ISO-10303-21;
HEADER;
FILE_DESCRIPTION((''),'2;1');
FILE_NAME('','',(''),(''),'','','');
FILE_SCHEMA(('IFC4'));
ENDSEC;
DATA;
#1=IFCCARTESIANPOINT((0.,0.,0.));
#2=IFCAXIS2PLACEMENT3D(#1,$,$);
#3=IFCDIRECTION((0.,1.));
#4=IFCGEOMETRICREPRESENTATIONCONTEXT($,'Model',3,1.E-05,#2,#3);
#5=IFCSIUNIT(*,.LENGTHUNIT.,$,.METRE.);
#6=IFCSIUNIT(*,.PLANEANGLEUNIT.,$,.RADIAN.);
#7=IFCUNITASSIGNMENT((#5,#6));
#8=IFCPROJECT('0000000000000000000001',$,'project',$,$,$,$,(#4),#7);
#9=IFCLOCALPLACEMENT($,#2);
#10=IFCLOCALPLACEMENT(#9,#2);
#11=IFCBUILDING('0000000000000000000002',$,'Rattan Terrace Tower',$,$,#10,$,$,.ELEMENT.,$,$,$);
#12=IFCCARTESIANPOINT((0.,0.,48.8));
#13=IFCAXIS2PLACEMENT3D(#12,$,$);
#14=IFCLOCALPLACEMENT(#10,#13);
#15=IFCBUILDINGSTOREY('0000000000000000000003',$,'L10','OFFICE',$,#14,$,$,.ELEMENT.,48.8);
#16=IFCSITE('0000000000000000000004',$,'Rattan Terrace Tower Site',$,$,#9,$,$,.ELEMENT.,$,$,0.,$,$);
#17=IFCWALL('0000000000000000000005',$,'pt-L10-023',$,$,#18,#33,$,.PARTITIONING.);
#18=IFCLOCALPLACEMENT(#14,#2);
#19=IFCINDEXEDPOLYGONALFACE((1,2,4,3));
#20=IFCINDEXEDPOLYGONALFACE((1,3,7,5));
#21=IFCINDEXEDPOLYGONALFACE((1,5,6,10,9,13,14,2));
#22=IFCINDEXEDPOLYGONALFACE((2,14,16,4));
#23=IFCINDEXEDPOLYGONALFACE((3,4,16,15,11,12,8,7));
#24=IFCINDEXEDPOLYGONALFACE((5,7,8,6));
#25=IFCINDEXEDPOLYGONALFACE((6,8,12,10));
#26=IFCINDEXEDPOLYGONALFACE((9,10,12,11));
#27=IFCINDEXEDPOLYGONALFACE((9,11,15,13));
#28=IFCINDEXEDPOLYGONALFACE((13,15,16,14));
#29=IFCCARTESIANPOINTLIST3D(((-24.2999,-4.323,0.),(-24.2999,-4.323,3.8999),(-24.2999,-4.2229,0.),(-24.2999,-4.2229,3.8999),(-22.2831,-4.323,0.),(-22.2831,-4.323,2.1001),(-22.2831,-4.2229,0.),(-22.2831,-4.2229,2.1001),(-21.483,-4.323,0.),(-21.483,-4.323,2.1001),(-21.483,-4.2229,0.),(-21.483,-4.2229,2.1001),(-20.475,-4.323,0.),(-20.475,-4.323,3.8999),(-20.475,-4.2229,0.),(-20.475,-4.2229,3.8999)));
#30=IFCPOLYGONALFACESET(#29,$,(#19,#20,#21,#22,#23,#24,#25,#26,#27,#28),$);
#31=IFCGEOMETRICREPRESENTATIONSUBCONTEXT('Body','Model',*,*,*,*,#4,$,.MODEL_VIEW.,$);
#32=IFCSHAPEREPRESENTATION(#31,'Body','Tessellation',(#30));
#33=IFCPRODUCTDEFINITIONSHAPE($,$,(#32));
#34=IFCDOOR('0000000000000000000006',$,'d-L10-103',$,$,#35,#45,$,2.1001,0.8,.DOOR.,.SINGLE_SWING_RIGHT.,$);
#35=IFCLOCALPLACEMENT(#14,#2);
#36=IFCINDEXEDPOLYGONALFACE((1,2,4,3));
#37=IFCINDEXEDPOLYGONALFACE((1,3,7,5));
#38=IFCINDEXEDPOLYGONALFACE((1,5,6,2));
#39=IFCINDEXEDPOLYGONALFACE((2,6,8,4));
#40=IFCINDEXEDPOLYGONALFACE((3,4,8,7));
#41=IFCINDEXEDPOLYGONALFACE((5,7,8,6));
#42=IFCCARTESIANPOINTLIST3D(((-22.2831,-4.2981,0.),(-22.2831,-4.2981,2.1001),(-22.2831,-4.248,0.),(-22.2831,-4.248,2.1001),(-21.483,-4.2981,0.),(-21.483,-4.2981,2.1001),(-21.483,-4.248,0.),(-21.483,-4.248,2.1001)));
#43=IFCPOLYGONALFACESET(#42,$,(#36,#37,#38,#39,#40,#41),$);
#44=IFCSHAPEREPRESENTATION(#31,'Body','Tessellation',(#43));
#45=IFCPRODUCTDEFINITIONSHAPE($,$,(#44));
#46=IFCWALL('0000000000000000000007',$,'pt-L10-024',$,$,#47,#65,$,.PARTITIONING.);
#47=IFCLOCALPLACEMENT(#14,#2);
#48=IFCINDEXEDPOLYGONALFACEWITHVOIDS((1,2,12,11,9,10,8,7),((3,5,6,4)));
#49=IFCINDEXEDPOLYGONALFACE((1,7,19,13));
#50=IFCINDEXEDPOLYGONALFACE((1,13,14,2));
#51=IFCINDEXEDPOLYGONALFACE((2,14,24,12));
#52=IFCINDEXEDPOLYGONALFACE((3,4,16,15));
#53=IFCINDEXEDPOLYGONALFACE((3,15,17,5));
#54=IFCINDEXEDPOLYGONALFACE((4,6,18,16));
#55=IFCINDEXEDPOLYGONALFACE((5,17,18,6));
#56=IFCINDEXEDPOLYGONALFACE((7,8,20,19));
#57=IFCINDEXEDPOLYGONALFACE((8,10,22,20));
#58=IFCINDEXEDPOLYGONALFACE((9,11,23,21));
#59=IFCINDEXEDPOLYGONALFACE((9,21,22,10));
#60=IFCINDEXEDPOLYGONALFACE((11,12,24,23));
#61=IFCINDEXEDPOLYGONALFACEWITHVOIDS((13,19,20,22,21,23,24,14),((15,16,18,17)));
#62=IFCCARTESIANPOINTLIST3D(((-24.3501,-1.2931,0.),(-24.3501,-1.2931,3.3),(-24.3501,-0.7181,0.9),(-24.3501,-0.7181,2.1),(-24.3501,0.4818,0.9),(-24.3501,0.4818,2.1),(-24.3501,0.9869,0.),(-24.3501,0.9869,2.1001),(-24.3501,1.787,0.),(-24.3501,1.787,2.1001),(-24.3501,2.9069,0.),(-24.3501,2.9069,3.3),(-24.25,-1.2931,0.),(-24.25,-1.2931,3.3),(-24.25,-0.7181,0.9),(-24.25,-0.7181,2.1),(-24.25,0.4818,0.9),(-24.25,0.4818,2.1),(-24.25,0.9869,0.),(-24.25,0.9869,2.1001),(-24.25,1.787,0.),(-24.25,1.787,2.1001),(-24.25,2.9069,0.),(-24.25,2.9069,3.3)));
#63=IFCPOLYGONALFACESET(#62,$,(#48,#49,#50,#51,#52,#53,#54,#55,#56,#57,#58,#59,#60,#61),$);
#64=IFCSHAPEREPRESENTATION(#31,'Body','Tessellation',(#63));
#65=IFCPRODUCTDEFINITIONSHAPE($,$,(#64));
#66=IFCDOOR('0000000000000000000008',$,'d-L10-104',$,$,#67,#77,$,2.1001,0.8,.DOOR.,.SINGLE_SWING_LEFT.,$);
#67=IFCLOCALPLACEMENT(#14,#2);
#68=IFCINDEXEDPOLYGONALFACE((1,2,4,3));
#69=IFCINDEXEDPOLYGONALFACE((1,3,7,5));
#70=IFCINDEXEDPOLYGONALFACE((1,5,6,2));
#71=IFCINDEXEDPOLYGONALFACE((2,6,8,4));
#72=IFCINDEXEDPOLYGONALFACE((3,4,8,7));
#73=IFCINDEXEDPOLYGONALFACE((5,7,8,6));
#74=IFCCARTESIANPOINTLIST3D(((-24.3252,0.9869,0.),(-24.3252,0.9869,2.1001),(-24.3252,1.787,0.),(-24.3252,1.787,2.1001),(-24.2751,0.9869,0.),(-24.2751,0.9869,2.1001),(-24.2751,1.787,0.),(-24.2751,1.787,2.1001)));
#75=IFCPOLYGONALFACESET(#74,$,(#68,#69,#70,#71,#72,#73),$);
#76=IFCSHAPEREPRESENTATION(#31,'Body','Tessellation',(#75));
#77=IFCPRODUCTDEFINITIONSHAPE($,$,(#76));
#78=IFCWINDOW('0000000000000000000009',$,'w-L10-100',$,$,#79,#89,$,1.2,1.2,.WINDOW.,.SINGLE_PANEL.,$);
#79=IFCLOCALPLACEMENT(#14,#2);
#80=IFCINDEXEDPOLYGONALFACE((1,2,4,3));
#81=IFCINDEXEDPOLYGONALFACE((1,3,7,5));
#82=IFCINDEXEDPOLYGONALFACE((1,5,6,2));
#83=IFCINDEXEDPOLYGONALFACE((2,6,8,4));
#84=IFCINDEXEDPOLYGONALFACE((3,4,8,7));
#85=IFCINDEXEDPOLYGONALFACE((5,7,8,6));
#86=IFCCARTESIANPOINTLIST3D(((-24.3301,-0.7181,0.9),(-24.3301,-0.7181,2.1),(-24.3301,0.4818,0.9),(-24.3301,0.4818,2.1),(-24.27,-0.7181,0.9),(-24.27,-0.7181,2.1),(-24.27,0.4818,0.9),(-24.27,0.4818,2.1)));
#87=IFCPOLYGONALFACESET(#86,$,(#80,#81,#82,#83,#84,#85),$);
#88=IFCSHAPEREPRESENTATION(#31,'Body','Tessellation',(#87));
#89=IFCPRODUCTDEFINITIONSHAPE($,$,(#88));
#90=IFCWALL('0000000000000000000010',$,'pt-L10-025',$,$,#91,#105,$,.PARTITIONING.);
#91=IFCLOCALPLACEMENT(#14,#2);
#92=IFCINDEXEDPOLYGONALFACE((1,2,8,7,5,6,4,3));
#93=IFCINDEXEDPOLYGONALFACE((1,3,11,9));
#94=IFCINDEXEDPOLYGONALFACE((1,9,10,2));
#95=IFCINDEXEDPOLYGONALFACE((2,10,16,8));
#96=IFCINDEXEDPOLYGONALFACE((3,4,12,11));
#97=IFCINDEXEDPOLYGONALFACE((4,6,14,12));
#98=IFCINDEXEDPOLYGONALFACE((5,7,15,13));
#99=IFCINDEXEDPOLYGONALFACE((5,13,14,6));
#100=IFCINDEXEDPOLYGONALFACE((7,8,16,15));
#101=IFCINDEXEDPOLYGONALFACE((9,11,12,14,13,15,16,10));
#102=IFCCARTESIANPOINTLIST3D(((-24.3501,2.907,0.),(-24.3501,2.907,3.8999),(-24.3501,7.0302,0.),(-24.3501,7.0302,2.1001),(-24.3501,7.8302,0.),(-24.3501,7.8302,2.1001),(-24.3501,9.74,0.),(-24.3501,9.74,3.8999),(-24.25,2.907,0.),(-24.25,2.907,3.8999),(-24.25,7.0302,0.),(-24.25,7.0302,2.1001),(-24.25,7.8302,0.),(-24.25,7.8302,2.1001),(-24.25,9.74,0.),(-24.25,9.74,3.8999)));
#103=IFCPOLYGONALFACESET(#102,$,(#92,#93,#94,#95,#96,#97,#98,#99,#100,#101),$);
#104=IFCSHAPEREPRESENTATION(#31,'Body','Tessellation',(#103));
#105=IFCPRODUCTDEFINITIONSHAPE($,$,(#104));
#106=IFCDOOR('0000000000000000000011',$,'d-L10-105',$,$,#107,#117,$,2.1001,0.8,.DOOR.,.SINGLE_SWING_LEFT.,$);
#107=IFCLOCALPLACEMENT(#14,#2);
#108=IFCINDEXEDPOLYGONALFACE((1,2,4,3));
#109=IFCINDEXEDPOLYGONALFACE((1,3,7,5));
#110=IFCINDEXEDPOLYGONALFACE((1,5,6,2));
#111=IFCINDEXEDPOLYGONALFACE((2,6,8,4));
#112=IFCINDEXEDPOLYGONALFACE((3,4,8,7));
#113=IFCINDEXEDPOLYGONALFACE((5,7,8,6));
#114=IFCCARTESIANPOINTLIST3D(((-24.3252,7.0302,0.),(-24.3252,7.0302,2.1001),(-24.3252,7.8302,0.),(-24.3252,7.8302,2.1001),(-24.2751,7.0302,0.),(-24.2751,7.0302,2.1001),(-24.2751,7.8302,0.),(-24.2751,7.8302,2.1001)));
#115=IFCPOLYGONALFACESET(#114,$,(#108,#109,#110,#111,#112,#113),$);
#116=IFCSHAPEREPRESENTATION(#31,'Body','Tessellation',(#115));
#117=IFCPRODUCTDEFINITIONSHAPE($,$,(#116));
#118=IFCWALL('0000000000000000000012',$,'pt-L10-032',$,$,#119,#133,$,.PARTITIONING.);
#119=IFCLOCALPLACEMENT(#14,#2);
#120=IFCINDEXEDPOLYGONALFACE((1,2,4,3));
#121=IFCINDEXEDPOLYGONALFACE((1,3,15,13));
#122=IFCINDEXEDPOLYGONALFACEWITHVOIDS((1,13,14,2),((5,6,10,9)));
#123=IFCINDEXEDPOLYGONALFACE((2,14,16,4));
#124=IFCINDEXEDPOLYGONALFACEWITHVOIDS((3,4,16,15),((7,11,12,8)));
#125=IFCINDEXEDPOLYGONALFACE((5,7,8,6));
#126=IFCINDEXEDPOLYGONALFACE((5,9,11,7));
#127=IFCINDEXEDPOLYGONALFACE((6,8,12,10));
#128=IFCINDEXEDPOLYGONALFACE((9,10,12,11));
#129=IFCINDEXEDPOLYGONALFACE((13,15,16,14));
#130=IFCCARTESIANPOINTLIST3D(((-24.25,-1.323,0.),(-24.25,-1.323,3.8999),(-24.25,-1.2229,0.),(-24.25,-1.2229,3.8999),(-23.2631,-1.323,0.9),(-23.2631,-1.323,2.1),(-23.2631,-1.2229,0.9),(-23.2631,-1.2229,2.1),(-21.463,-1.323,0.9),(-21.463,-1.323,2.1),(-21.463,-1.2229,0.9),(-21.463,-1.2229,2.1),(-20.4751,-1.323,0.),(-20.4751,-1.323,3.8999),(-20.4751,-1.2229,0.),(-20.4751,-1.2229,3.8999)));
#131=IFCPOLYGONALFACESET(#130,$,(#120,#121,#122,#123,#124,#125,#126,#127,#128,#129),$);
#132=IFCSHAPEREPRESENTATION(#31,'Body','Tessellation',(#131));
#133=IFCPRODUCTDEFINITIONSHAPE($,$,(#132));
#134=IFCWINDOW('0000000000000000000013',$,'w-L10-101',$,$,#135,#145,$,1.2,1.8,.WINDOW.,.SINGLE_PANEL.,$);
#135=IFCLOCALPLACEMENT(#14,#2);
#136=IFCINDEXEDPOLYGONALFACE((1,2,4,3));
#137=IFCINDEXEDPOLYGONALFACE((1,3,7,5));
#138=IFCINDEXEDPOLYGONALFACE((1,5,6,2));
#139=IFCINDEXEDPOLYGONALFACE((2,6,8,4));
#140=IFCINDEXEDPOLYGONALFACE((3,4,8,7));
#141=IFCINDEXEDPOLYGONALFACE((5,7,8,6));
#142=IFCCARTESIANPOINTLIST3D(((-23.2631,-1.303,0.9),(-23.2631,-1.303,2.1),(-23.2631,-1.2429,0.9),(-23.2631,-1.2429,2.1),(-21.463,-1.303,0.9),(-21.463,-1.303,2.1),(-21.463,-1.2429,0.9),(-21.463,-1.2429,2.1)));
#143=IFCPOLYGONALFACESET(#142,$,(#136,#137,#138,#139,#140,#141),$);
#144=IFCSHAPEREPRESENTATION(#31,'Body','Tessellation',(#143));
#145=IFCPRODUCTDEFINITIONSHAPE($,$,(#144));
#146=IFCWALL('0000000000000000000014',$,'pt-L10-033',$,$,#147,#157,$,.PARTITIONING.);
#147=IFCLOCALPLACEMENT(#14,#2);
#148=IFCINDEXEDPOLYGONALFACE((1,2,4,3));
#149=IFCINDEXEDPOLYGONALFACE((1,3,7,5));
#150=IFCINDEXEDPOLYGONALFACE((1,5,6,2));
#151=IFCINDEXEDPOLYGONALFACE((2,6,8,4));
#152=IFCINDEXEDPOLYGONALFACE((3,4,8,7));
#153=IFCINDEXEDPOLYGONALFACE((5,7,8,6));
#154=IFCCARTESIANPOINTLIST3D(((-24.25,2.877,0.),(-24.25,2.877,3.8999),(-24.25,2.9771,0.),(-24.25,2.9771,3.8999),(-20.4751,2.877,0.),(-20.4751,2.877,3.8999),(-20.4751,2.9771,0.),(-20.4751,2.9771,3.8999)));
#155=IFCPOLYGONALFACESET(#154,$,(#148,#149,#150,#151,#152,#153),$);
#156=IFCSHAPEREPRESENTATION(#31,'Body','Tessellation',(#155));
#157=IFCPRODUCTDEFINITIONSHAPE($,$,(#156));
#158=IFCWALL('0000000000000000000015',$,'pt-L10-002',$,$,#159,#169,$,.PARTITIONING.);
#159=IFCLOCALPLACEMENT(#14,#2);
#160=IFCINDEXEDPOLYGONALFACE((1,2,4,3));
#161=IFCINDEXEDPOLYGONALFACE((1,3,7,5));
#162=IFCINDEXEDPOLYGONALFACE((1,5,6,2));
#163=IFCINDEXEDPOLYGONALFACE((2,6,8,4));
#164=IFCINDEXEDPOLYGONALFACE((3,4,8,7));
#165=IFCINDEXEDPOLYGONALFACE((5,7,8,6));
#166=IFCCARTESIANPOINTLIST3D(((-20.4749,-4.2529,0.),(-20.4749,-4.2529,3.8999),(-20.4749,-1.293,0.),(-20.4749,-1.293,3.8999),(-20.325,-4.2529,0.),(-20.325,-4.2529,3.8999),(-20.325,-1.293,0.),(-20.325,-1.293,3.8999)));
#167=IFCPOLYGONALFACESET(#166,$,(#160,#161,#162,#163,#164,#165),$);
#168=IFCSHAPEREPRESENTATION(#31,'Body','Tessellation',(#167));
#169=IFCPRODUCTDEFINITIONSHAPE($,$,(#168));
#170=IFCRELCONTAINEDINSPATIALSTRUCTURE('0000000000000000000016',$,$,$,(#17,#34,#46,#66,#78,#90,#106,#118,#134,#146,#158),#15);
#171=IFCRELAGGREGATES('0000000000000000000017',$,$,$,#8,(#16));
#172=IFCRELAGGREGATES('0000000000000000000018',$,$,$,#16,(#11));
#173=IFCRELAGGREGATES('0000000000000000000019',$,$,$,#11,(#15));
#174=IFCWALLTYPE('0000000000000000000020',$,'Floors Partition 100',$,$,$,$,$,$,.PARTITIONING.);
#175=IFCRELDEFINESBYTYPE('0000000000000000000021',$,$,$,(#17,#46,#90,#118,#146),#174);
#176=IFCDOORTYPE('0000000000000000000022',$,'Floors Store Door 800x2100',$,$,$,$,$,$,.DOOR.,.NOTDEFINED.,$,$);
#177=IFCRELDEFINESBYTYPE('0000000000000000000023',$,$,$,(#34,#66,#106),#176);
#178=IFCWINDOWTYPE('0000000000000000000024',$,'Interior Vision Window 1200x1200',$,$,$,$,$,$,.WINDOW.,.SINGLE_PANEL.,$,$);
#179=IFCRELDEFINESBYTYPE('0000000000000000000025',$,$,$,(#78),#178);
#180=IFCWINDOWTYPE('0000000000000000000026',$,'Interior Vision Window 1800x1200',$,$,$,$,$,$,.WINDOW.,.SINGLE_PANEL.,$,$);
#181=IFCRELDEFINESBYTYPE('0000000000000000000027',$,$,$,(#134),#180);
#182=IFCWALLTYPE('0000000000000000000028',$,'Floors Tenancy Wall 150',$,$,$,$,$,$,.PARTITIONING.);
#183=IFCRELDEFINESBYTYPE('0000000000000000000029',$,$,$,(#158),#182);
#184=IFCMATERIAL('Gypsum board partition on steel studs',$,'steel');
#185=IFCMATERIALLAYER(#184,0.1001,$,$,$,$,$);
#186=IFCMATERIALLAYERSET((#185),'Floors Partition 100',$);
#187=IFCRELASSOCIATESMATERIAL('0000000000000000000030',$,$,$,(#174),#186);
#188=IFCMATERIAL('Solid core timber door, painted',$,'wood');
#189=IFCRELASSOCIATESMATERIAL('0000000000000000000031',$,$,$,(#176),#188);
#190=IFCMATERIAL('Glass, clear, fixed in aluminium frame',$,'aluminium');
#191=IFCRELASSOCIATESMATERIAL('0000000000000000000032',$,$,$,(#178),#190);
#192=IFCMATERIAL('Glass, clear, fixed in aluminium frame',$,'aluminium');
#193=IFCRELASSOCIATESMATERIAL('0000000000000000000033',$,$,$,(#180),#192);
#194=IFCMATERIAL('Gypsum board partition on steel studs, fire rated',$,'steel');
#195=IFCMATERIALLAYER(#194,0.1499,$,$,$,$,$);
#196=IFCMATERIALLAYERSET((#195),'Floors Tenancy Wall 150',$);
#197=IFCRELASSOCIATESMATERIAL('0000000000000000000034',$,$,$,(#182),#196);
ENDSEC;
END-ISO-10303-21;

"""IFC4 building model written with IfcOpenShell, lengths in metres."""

from ifc_helpers import new_model, si_unit, direction, frame, frame_2d, origin, place, context, subcontext, project, spatial, rectangle, extrude, material, layer, layer_set, type_object, element, fill, save


model = new_model("IFC4")

# Units and contexts
model_context = context("Model", 3, precision=1e-05, world=origin(), true_north=direction((0.0, 1.0)))
body_context = subcontext(model_context, "Body", "Model", "MODEL_VIEW")
ifc_project = project(units=[si_unit("LENGTHUNIT", "METRE"), si_unit("PLANEANGLEUNIT", "RADIAN")], contexts=[model_context])

# Site, building, storey
site_placement = place(None, origin())
site = spatial("IfcSite", under=ifc_project, at=site_placement, Name="Rattan Terrace Tower Site", CompositionType="ELEMENT", RefElevation=0.0)
building_placement = place(site_placement, origin())
building = spatial("IfcBuilding", under=site, at=building_placement, Name="Rattan Terrace Tower", CompositionType="ELEMENT")
storey_placement = place(building_placement, frame((0.0, 0.0, 48.8)))
storey = spatial("IfcBuildingStorey", under=building, at=storey_placement, Name="L10", Description="OFFICE", CompositionType="ELEMENT", Elevation=48.8)

# Shared definitions
ifc_material_1 = material(Name="Gypsum board partition on steel studs", Category="steel")
ifc_layer_1 = layer(ifc_material_1, 0.1001)
ifc_layer_set_1 = layer_set([ifc_layer_1], Name="Floors Partition 100")
wall_type_1 = type_object("IfcWallType", Name="Floors Partition 100", PredefinedType="PARTITIONING", material=ifc_layer_set_1)

# Wall, opening, door
wall_1_placement = place(storey_placement, frame((-24.3, -4.2729, 0.0), z_axis=(0.0, 0.0, 1.0), x_axis=(1.0, 0.0, 0.0)))
wall_1 = element("IfcWall", 1, at=wall_1_placement, inside=storey, type_object=wall_type_1, Name="pt-L10-023", PredefinedType="PARTITIONING", context=body_context, shape_type="SweptSolid", body=[
    extrude(rectangle(XDim=3.825, YDim=0.1001, at=frame_2d((1.9126, 0.0))), origin(), (0.0, 0.0, 1.0), 3.8999),
])
opening_1_placement = place(wall_1_placement, frame((2.0171, 0.0, 0.0)))
opening_1 = element("IfcOpeningElement", 2, at=opening_1_placement, cuts=wall_1, PredefinedType="OPENING", context=body_context, shape_type="SweptSolid", body=[
    extrude(rectangle(XDim=0.8, YDim=2.1001, at=frame_2d((0.3999, 1.05))), frame((0.0, 0.0605, 0.0), z_axis=(0.0, -1.0, 0.0), x_axis=(1.0, 0.0, 0.0)), (0.0, 0.0, 1.0), 0.1211),
])
ifc_material_2 = material(Name="Solid core timber door, painted", Category="wood")
door_type = type_object("IfcDoorType", Name="Floors Store Door 800x2100", OperationType="NOTDEFINED", PredefinedType="DOOR", material=ifc_material_2)
door_1_placement = place(opening_1_placement, origin())
door_1 = element("IfcDoor", 3, at=door_1_placement, inside=storey, type_object=door_type, Name="d-L10-103", OperationType="SINGLE_SWING_RIGHT", OverallHeight=2.1001, OverallWidth=0.8, PredefinedType="DOOR", context=body_context, shape_type="SweptSolid", body=[
    extrude(rectangle(XDim=0.8, YDim=2.1001, at=frame_2d((0.3999, 1.05))), frame((0.0, 0.0249, 0.0), z_axis=(0.0, -1.0, 0.0), x_axis=(1.0, 0.0, 0.0)), (0.0, 0.0, 1.0), 0.05),
])
fill(opening_1, door_1)

# Wall, openings, door, window
wall_2_placement = place(storey_placement, frame((-24.3, 2.907, 0.0), z_axis=(0.0, 0.0, 1.0), x_axis=(0.0, -1.0, 0.0)))
wall_2 = element("IfcWall", 4, at=wall_2_placement, inside=storey, type_object=wall_type_1, Name="pt-L10-024", PredefinedType="PARTITIONING", context=body_context, shape_type="SweptSolid", body=[
    extrude(rectangle(XDim=4.2, YDim=0.1001, at=frame_2d((2.1001, 0.0))), origin(), (0.0, 0.0, 1.0), 3.3),
])
opening_2_placement = place(wall_2_placement, frame((1.1201, 0.0, 0.0)))
opening_2 = element("IfcOpeningElement", 5, at=opening_2_placement, cuts=wall_2, PredefinedType="OPENING", context=body_context, shape_type="SweptSolid", body=[
    extrude(rectangle(XDim=0.8, YDim=2.1001, at=frame_2d((0.3999, 1.05))), frame((0.0, 0.0605, 0.0), z_axis=(0.0, -1.0, 0.0), x_axis=(1.0, 0.0, 0.0)), (0.0, 0.0, 1.0), 0.1211),
])
opening_3_placement = place(wall_2_placement, frame((2.425, 0.0, 0.8999)))
opening_3 = element("IfcOpeningElement", 6, at=opening_3_placement, cuts=wall_2, PredefinedType="OPENING", context=body_context, shape_type="SweptSolid", body=[
    extrude(rectangle(XDim=1.2, YDim=1.2, at=frame_2d((0.6001, 0.6001))), frame((0.0, 0.0605, 0.0), z_axis=(0.0, -1.0, 0.0), x_axis=(1.0, 0.0, 0.0)), (0.0, 0.0, 1.0), 0.1211),
])
door_2_placement = place(opening_2_placement, origin())
door_2 = element("IfcDoor", 7, at=door_2_placement, inside=storey, type_object=door_type, Name="d-L10-104", OperationType="SINGLE_SWING_LEFT", OverallHeight=2.1001, OverallWidth=0.8, PredefinedType="DOOR", context=body_context, shape_type="SweptSolid", body=[
    extrude(rectangle(XDim=0.8, YDim=2.1001, at=frame_2d((0.3999, 1.05))), frame((0.0, 0.0249, 0.0), z_axis=(0.0, -1.0, 0.0), x_axis=(1.0, 0.0, 0.0)), (0.0, 0.0, 1.0), 0.05),
])
fill(opening_2, door_2)
ifc_material_3 = material(Name="Glass, clear, fixed in aluminium frame", Category="aluminium")
window_type_1 = type_object("IfcWindowType", Name="Interior Vision Window 1200x1200", PartitioningType="SINGLE_PANEL", PredefinedType="WINDOW", material=ifc_material_3)
window_1_placement = place(opening_3_placement, origin())
window_1 = element("IfcWindow", 8, at=window_1_placement, inside=storey, type_object=window_type_1, Name="w-L10-100", OverallHeight=1.2, OverallWidth=1.2, PartitioningType="SINGLE_PANEL", PredefinedType="WINDOW", context=body_context, shape_type="SweptSolid", body=[
    extrude(rectangle(XDim=1.2, YDim=1.2, at=frame_2d((0.6001, 0.6001))), frame((0.0, 0.03, 0.0), z_axis=(0.0, -1.0, 0.0), x_axis=(1.0, 0.0, 0.0)), (0.0, 0.0, 1.0), 0.0601),
])
fill(opening_3, window_1)

# Wall, opening, door
wall_3_placement = place(storey_placement, frame((-24.3, 9.74, 0.0), z_axis=(0.0, 0.0, 1.0), x_axis=(0.0, -1.0, 0.0)))
wall_3 = element("IfcWall", 9, at=wall_3_placement, inside=storey, type_object=wall_type_1, Name="pt-L10-025", PredefinedType="PARTITIONING", context=body_context, shape_type="SweptSolid", body=[
    extrude(rectangle(XDim=6.833, YDim=0.1001, at=frame_2d((3.4165, 0.0))), origin(), (0.0, 0.0, 1.0), 3.8999),
])
opening_4_placement = place(wall_3_placement, frame((1.9099, 0.0, 0.0)))
opening_4 = element("IfcOpeningElement", 10, at=opening_4_placement, cuts=wall_3, PredefinedType="OPENING", context=body_context, shape_type="SweptSolid", body=[
    extrude(rectangle(XDim=0.8, YDim=2.1001, at=frame_2d((0.3999, 1.05))), frame((0.0, 0.0605, 0.0), z_axis=(0.0, -1.0, 0.0), x_axis=(1.0, 0.0, 0.0)), (0.0, 0.0, 1.0), 0.1211),
])
door_3_placement = place(opening_4_placement, origin())
door_3 = element("IfcDoor", 11, at=door_3_placement, inside=storey, type_object=door_type, Name="d-L10-105", OperationType="SINGLE_SWING_LEFT", OverallHeight=2.1001, OverallWidth=0.8, PredefinedType="DOOR", context=body_context, shape_type="SweptSolid", body=[
    extrude(rectangle(XDim=0.8, YDim=2.1001, at=frame_2d((0.3999, 1.05))), frame((0.0, 0.0249, 0.0), z_axis=(0.0, -1.0, 0.0), x_axis=(1.0, 0.0, 0.0)), (0.0, 0.0, 1.0), 0.05),
])
fill(opening_4, door_3)

# Wall, opening, window
wall_4_placement = place(storey_placement, frame((-24.25, -1.2729, 0.0), z_axis=(0.0, 0.0, 1.0), x_axis=(1.0, 0.0, 0.0)))
wall_4 = element("IfcWall", 12, at=wall_4_placement, inside=storey, type_object=wall_type_1, Name="pt-L10-032", PredefinedType="PARTITIONING", context=body_context, shape_type="SweptSolid", body=[
    extrude(rectangle(XDim=3.7749, YDim=0.1001, at=frame_2d((1.8875, 0.0))), origin(), (0.0, 0.0, 1.0), 3.8999),
])
opening_5_placement = place(wall_4_placement, frame((0.9871, 0.0, 0.8999)))
opening_5 = element("IfcOpeningElement", 13, at=opening_5_placement, cuts=wall_4, PredefinedType="OPENING", context=body_context, shape_type="SweptSolid", body=[
    extrude(rectangle(XDim=1.8, YDim=1.2, at=frame_2d((0.8999, 0.6001))), frame((0.0, 0.0605, 0.0), z_axis=(0.0, -1.0, 0.0), x_axis=(1.0, 0.0, 0.0)), (0.0, 0.0, 1.0), 0.1211),
])
ifc_material_4 = material(Name="Glass, clear, fixed in aluminium frame", Category="aluminium")
window_type_2 = type_object("IfcWindowType", Name="Interior Vision Window 1800x1200", PartitioningType="SINGLE_PANEL", PredefinedType="WINDOW", material=ifc_material_4)
window_2_placement = place(opening_5_placement, origin())
window_2 = element("IfcWindow", 14, at=window_2_placement, inside=storey, type_object=window_type_2, Name="w-L10-101", OverallHeight=1.2, OverallWidth=1.8, PartitioningType="SINGLE_PANEL", PredefinedType="WINDOW", context=body_context, shape_type="SweptSolid", body=[
    extrude(rectangle(XDim=1.8, YDim=1.2, at=frame_2d((0.8999, 0.6001))), frame((0.0, 0.03, 0.0), z_axis=(0.0, -1.0, 0.0), x_axis=(1.0, 0.0, 0.0)), (0.0, 0.0, 1.0), 0.0601),
])
fill(opening_5, window_2)

# Walls
wall_5_placement = place(storey_placement, frame((-24.25, 2.927, 0.0), z_axis=(0.0, 0.0, 1.0), x_axis=(1.0, 0.0, 0.0)))
element("IfcWall", 15, at=wall_5_placement, inside=storey, type_object=wall_type_1, Name="pt-L10-033", PredefinedType="PARTITIONING", context=body_context, shape_type="SweptSolid", body=[
    extrude(rectangle(XDim=3.7749, YDim=0.1001, at=frame_2d((1.8875, 0.0))), origin(), (0.0, 0.0, 1.0), 3.8999),
])
ifc_material_5 = material(Name="Gypsum board partition on steel studs, fire rated", Category="steel")
ifc_layer_2 = layer(ifc_material_5, 0.1499)
ifc_layer_set_2 = layer_set([ifc_layer_2], Name="Floors Tenancy Wall 150")
wall_type_2 = type_object("IfcWallType", Name="Floors Tenancy Wall 150", PredefinedType="PARTITIONING", material=ifc_layer_set_2)
wall_6_placement = place(storey_placement, frame((-20.3999, -4.2529, 0.0), z_axis=(0.0, 0.0, 1.0), x_axis=(0.0, 1.0, 0.0)))
element("IfcWall", 16, at=wall_6_placement, inside=storey, type_object=wall_type_2, Name="pt-L10-002", PredefinedType="PARTITIONING", context=body_context, shape_type="SweptSolid", body=[
    extrude(rectangle(XDim=2.96, YDim=0.1499, at=frame_2d((1.48, 0.0))), origin(), (0.0, 0.0, 1.0), 3.8999),
])

save(model, "model.ifc")
